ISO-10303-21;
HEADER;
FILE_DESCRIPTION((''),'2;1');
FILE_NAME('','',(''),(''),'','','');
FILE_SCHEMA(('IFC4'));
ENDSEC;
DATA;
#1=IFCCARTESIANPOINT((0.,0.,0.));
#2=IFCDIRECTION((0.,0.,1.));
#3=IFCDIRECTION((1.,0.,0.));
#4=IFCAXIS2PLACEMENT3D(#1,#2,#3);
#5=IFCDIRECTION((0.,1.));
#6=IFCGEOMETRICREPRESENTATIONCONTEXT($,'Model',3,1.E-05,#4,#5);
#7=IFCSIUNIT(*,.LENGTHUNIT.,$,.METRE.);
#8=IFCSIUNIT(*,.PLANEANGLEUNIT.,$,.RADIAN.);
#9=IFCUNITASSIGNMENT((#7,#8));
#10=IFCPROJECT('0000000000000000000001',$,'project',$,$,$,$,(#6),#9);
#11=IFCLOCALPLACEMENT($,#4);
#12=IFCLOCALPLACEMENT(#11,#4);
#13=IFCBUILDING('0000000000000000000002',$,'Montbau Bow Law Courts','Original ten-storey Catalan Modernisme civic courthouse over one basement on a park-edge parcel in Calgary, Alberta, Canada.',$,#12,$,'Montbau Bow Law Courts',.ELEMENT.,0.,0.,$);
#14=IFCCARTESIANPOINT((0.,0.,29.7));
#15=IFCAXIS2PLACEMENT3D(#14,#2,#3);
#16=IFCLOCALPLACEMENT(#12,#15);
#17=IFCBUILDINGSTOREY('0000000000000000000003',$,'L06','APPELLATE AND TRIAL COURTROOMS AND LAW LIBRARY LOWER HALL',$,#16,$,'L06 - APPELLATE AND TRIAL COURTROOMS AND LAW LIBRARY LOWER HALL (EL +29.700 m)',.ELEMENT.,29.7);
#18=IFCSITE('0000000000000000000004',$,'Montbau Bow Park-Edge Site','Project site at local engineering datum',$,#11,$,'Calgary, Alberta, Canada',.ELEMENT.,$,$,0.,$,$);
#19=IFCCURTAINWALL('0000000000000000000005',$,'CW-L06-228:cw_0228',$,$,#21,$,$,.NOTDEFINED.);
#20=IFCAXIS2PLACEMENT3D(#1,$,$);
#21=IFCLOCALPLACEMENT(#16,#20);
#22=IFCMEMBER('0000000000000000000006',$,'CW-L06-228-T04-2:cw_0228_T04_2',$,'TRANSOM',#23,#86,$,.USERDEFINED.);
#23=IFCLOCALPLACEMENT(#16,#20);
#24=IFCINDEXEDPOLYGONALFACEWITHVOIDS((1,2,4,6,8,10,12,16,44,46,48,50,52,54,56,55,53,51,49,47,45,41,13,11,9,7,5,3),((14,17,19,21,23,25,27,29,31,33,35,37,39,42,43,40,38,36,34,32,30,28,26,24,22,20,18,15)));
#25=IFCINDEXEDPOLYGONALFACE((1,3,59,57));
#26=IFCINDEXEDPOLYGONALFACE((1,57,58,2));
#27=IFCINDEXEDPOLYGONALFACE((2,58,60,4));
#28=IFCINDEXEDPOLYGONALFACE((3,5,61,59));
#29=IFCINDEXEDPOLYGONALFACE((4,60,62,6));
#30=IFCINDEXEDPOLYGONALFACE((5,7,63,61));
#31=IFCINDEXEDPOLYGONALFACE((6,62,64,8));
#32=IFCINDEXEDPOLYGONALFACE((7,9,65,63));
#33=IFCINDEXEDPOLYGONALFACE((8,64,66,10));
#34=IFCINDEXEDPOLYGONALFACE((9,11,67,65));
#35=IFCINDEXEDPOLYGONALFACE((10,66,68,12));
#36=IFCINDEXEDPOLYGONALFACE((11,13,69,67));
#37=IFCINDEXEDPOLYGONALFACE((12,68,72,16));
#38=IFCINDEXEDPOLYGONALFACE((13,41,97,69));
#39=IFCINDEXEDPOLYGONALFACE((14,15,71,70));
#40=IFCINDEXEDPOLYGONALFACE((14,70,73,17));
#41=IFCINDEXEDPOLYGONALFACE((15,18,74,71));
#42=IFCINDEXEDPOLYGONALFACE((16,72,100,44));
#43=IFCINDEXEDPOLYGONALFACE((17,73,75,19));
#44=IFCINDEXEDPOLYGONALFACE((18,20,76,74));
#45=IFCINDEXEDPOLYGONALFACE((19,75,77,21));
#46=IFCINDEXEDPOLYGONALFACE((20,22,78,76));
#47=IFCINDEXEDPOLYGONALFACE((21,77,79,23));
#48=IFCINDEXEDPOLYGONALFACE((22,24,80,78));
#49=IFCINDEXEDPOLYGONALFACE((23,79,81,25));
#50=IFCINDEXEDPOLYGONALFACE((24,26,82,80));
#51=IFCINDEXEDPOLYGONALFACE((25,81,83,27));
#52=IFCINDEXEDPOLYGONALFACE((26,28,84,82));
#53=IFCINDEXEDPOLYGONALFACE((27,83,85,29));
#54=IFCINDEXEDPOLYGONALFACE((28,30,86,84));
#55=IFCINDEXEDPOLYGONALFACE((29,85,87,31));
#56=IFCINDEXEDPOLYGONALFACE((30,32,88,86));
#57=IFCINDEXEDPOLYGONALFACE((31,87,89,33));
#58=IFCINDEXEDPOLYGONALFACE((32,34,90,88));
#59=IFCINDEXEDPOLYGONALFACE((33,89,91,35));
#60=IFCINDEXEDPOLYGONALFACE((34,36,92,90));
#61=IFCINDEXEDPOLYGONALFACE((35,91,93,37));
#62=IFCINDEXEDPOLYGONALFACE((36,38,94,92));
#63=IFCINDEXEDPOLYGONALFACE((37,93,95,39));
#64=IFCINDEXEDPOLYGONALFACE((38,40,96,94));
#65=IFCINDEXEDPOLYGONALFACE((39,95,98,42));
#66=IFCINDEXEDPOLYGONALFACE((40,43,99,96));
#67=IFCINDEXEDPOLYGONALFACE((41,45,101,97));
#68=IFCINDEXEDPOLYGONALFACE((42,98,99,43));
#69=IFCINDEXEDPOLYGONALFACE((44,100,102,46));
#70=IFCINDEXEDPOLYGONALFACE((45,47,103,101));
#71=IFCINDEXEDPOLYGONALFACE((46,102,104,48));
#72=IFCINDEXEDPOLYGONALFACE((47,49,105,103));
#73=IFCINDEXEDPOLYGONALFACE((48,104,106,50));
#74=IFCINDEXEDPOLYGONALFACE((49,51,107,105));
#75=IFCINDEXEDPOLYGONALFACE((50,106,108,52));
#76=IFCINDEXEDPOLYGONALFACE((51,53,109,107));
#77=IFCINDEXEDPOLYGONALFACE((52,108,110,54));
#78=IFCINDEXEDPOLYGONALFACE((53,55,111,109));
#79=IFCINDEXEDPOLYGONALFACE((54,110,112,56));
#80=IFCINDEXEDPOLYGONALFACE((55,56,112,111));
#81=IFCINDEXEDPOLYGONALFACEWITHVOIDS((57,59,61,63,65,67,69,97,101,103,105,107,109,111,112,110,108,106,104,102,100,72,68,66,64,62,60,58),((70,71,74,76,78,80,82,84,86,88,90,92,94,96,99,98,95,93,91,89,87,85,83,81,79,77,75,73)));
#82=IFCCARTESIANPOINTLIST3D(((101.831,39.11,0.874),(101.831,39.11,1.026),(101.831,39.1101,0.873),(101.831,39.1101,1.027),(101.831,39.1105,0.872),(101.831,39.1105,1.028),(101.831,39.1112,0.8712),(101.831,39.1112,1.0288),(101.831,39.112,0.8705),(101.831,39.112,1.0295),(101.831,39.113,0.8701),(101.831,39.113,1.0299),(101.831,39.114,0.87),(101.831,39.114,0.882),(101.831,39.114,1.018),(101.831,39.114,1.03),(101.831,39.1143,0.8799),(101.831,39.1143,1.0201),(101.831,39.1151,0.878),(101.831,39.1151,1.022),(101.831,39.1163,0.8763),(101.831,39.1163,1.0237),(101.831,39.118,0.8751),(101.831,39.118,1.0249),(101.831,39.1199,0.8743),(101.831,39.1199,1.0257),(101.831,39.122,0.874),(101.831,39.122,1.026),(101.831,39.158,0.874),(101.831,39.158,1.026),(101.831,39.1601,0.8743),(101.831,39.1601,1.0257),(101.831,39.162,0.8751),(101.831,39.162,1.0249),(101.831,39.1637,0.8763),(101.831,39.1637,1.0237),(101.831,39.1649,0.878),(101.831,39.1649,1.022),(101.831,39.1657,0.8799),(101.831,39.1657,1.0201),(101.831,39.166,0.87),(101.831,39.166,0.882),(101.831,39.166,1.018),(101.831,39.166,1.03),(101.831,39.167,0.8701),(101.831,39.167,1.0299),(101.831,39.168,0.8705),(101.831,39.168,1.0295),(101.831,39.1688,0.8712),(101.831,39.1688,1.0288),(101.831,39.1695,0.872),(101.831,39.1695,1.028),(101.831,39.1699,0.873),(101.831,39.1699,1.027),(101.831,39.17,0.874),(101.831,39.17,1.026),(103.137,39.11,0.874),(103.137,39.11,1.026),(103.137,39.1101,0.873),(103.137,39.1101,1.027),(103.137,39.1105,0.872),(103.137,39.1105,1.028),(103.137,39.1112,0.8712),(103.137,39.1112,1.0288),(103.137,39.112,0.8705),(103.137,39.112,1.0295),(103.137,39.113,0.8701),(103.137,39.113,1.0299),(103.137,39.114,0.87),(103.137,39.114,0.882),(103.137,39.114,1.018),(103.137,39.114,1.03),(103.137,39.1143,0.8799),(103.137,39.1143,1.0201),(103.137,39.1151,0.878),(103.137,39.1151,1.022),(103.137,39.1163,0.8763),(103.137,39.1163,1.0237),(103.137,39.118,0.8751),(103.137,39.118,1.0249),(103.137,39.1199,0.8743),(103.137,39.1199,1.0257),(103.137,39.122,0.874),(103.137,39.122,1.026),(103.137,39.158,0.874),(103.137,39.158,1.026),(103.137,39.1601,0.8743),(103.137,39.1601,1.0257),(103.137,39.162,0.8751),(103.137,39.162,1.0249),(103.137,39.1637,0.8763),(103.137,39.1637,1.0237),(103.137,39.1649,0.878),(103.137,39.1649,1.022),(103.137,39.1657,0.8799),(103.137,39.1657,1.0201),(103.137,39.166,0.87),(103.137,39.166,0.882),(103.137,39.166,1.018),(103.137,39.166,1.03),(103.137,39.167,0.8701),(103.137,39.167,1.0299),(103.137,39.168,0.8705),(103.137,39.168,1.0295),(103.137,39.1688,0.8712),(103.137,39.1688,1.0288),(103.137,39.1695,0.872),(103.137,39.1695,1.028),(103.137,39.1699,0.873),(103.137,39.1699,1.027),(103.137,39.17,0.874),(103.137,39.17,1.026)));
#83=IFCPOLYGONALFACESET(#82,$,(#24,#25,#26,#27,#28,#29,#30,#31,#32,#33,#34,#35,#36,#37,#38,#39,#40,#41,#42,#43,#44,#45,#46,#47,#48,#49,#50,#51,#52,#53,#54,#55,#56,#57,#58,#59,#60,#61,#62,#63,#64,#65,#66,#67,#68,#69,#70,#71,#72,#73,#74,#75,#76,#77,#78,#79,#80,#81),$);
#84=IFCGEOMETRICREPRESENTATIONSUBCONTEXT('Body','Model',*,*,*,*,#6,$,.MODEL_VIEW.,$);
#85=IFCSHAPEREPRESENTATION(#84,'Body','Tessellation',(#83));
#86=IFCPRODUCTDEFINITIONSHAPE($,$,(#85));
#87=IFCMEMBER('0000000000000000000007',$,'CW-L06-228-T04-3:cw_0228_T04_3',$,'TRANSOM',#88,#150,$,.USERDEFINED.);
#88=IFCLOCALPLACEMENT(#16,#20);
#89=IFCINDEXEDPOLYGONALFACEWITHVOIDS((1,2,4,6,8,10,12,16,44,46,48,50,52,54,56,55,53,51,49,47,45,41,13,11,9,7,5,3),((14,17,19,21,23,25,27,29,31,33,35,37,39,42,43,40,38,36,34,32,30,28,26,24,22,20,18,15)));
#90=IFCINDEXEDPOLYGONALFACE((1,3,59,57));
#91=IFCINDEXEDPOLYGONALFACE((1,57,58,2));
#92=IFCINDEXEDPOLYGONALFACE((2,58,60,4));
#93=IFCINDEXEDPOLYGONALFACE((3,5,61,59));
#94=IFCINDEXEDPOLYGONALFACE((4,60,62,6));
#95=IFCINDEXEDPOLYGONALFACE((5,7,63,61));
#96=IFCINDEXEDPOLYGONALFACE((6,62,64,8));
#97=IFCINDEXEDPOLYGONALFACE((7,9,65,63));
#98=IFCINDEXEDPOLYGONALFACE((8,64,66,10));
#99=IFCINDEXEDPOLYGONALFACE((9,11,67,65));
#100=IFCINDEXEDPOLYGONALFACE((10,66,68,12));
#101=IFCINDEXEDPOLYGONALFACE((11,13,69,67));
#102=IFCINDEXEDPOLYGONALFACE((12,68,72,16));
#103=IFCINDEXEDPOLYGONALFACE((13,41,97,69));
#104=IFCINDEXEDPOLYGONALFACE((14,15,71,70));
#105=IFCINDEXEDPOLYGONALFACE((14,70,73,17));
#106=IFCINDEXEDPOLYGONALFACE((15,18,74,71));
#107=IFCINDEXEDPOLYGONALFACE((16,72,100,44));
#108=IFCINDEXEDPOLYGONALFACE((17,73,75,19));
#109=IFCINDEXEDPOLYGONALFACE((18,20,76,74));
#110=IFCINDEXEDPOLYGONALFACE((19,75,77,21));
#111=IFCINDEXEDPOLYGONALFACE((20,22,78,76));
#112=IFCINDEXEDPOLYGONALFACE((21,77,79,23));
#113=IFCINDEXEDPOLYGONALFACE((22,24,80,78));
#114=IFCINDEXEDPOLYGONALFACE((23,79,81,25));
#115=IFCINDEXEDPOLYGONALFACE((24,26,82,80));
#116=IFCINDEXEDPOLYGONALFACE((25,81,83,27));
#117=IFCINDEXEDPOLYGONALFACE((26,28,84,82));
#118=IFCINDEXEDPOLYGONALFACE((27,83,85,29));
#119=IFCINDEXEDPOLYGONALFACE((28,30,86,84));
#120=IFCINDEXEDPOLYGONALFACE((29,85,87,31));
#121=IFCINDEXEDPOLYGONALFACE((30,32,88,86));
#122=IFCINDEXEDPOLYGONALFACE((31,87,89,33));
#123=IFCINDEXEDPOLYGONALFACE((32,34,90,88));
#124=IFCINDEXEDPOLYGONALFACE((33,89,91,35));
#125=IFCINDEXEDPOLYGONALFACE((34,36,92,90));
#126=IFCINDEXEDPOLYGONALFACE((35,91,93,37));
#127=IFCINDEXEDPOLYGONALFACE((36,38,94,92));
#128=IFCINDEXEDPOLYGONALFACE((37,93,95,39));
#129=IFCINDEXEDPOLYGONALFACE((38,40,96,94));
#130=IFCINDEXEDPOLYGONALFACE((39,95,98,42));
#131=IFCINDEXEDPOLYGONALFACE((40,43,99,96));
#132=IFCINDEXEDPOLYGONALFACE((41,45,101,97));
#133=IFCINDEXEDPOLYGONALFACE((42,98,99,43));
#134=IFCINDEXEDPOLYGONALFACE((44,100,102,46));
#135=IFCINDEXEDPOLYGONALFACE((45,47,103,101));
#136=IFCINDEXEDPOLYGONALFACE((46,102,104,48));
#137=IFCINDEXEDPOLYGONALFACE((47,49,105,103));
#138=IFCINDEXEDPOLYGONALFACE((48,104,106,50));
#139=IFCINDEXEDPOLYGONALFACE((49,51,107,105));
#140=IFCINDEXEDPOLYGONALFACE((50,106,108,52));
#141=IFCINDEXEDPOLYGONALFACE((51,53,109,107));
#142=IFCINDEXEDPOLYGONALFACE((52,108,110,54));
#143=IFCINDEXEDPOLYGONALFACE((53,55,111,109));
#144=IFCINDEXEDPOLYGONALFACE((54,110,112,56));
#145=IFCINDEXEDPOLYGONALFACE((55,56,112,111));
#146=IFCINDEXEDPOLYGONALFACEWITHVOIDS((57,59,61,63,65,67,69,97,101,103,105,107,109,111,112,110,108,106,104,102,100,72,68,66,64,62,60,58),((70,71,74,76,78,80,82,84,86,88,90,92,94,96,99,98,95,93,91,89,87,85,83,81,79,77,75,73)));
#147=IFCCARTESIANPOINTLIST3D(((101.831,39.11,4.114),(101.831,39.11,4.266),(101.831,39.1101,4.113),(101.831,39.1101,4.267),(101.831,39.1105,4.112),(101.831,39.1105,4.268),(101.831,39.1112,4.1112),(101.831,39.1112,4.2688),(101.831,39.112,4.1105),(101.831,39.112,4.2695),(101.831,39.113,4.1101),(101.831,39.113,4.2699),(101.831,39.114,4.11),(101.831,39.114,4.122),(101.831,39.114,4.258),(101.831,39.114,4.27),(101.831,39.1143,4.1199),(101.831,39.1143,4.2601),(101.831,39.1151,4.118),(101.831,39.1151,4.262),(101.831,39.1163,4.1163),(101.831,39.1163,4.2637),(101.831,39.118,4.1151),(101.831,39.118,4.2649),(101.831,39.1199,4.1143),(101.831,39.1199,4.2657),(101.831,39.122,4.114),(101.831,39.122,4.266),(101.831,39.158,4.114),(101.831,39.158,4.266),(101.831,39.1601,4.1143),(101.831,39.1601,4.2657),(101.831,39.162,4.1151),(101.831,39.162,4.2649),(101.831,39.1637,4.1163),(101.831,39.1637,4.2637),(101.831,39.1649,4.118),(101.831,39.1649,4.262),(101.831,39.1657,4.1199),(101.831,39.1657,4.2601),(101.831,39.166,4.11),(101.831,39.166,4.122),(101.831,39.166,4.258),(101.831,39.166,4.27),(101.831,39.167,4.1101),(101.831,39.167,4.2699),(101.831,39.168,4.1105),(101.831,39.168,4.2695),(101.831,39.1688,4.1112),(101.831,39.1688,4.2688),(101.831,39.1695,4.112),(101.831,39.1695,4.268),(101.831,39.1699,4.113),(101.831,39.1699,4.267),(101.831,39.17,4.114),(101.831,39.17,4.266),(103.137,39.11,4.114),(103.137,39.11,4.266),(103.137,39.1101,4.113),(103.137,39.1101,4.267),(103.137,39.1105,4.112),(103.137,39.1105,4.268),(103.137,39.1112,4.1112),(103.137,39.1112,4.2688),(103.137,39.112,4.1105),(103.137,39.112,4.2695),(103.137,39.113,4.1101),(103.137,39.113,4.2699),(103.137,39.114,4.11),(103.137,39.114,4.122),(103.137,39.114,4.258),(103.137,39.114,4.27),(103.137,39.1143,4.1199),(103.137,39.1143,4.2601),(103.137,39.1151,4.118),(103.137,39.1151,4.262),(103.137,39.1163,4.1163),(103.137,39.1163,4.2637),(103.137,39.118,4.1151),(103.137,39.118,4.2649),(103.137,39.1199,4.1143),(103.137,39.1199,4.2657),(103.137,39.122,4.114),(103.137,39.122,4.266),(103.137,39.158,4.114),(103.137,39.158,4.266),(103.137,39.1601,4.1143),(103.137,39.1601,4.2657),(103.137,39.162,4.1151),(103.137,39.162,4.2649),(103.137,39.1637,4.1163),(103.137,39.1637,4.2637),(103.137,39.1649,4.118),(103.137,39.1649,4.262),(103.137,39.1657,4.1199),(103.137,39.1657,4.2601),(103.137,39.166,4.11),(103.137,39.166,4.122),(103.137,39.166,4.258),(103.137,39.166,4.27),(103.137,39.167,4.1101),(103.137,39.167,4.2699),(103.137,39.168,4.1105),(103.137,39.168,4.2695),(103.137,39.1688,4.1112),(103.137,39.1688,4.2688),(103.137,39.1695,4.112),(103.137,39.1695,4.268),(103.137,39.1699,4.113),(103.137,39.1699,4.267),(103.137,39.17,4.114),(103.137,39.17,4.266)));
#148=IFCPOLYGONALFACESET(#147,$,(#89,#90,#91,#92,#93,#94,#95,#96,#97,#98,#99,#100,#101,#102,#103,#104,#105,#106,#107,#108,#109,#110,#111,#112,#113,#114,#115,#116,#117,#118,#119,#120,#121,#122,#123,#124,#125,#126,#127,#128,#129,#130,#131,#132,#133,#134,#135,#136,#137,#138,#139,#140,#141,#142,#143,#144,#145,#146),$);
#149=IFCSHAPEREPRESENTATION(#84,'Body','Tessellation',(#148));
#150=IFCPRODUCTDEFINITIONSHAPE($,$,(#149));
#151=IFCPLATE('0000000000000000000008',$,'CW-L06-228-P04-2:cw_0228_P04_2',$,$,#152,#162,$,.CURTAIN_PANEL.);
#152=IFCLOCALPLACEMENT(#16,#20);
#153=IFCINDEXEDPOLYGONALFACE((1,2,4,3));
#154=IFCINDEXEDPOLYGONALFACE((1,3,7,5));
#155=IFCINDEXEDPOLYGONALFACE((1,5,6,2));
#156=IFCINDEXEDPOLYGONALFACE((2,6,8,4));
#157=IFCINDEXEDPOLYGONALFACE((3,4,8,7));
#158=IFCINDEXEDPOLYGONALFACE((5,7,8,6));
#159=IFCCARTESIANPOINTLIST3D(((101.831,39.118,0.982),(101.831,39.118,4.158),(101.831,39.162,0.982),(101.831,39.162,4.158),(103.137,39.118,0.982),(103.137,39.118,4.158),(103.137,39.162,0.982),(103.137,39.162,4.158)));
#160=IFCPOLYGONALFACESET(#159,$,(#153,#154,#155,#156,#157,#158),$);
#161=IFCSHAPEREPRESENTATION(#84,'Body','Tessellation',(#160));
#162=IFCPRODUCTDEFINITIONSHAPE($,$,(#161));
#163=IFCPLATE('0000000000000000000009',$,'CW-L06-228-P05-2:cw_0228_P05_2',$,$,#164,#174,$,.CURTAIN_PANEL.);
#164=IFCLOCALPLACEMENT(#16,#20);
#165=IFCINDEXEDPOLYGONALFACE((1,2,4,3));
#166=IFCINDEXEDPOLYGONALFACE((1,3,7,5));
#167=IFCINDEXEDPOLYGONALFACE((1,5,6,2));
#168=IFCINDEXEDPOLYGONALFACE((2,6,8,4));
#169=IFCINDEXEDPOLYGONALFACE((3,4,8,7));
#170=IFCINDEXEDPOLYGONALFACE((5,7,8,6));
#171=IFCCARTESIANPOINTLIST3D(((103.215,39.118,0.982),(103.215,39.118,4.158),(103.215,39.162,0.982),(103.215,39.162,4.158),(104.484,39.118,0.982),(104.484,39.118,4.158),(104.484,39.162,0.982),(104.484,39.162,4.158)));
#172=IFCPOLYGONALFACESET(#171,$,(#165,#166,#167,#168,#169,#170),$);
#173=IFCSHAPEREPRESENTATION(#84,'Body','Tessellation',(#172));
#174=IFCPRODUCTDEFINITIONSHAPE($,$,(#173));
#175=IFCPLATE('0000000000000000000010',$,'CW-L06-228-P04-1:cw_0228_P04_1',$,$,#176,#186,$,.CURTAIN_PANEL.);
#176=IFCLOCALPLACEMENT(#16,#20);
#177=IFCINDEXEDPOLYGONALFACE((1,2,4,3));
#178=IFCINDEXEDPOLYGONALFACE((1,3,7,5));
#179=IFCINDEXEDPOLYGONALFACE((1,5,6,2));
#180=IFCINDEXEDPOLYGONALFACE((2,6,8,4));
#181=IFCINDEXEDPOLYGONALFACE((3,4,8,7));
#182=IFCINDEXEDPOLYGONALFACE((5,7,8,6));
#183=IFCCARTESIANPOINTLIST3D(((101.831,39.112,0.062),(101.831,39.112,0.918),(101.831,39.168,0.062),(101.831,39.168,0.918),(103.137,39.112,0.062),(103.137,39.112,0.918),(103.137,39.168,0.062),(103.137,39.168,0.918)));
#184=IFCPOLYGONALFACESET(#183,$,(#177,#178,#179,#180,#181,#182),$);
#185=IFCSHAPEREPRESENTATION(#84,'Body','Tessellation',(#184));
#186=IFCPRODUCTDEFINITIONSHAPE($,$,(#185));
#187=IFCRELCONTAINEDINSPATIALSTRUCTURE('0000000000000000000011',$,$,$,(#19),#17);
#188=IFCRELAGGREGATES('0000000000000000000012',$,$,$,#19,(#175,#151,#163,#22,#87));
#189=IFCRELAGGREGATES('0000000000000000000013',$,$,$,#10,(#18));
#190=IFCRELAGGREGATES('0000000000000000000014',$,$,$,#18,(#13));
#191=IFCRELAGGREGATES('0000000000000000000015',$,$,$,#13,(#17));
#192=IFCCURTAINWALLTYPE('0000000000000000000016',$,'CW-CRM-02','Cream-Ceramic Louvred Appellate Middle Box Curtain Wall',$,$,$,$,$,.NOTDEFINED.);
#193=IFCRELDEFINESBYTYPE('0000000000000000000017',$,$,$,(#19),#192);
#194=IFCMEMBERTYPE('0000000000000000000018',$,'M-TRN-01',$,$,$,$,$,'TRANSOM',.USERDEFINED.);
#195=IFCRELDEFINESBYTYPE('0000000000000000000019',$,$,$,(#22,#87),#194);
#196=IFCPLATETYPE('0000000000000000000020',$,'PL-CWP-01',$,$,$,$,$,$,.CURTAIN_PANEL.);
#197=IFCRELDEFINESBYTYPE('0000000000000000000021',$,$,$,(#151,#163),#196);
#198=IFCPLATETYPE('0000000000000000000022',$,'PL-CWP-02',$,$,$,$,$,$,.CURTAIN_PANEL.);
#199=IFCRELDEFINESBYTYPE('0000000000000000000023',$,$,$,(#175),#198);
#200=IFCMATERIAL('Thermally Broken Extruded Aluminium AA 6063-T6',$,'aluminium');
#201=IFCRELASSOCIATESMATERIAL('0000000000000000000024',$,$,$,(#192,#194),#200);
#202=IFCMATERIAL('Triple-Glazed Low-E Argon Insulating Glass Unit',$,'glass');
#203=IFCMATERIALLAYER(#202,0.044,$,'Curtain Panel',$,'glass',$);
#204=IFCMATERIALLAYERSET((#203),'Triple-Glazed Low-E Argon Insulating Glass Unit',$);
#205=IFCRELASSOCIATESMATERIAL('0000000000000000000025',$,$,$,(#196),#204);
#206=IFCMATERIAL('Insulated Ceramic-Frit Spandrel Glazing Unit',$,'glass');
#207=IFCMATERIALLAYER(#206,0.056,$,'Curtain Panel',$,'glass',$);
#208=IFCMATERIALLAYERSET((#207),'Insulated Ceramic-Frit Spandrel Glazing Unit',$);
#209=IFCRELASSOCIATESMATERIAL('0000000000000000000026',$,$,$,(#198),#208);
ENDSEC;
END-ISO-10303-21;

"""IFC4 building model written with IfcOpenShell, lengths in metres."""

from ifc_helpers import new_model, si_unit, direction, frame, frame_2d, origin_with_axes, origin_2d_with_axis, place, context, subcontext, project, spatial, rectangle, hollow_rectangle, extrude, material, layer, layer_set, material_profile, profile_set, type_object, element, aggregate, save


model = new_model("IFC4")

# Units and contexts
model_context = context("Model", 3, precision=1e-05, world=origin_with_axes(), true_north=direction((0.0, 1.0)))
body_context = subcontext(model_context, "Body", "Model", "MODEL_VIEW")
ifc_project = project(units=[si_unit("LENGTHUNIT", "METRE"), si_unit("PLANEANGLEUNIT", "RADIAN")], contexts=[model_context])

# Site, building, storey
site_placement = place(None, origin_with_axes())
site = spatial("IfcSite", under=ifc_project, at=site_placement, Name="Montbau Bow Park-Edge Site", Description="Project site at local engineering datum", LongName="Calgary, Alberta, Canada", CompositionType="ELEMENT", RefElevation=0.0)
building_placement = place(site_placement, origin_with_axes())
building = spatial("IfcBuilding", under=site, at=building_placement, Name="Montbau Bow Law Courts", Description="Original ten-storey Catalan Modernisme civic courthouse over one basement on a park-edge parcel in Calgary, Alberta, Canada.", LongName="Montbau Bow Law Courts", CompositionType="ELEMENT", ElevationOfRefHeight=0.0, ElevationOfTerrain=0.0)
storey_placement = place(building_placement, frame((0.0, 0.0, 29.7), z_axis=(0.0, 0.0, 1.0), x_axis=(1.0, 0.0, 0.0)))
storey = spatial("IfcBuildingStorey", under=building, at=storey_placement, Name="L06", Description="APPELLATE AND TRIAL COURTROOMS AND LAW LIBRARY LOWER HALL", LongName="L06 - APPELLATE AND TRIAL COURTROOMS AND LAW LIBRARY LOWER HALL (EL +29.700 m)", CompositionType="ELEMENT", Elevation=29.7)

# Curtain wall
ifc_material_1 = material(Name="Thermally Broken Extruded Aluminium AA 6063-T6", Category="aluminium")
curtain_wall_type = type_object("IfcCurtainWallType", Name="CW-CRM-02", Description="Cream-Ceramic Louvred Appellate Middle Box Curtain Wall", PredefinedType="NOTDEFINED", material=ifc_material_1)
curtain_wall_placement = place(None, frame((97.64, 39.14, 29.7), z_axis=(0.0, 0.0, 1.0), x_axis=(1.0, 0.0, 0.0)))
curtain_wall = element("IfcCurtainWall", 1, at=curtain_wall_placement, inside=storey, type_object=curtain_wall_type, Name="CW-L06-228:cw_0228", PredefinedType="NOTDEFINED")

# Members
ifc_material_profile_1 = material_profile(ifc_material_1, hollow_rectangle(XDim=0.06, YDim=0.16, WallThickness=0.004, InnerFilletRadius=0.008, OuterFilletRadius=0.004, at=origin_2d_with_axis()), Name="CWT-160X60", Category="Main", Priority=0)
ifc_profile_set_1 = profile_set([ifc_material_profile_1], Name="Thermally Broken Extruded Aluminium AA 6063-T6")
member_type_1 = type_object("IfcMemberType", Name="M-TRN-01", ElementType="TRANSOM", PredefinedType="USERDEFINED", material=ifc_profile_set_1)
member_1_placement = place(None, frame((101.831, 39.14, 30.65), z_axis=(1.0, 0.0, 0.0), x_axis=(0.0, 1.0, 0.0)))
member_1 = element("IfcMember", 2, at=member_1_placement, type_object=member_type_1, Name="CW-L06-228-T04-2:cw_0228_T04_2", ObjectType="TRANSOM", PredefinedType="USERDEFINED", context=body_context, shape_type="SweptSolid", body=[
    extrude(hollow_rectangle(XDim=0.06, YDim=0.16, WallThickness=0.004, InnerFilletRadius=0.008, OuterFilletRadius=0.004, at=origin_2d_with_axis()), origin_with_axes(), (0.0, 0.0, 1.0), 1.306),
])
member_2_placement = place(None, frame((101.831, 39.14, 33.89), z_axis=(1.0, 0.0, 0.0), x_axis=(0.0, 1.0, 0.0)))
member_2 = element("IfcMember", 3, at=member_2_placement, type_object=member_type_1, Name="CW-L06-228-T04-3:cw_0228_T04_3", ObjectType="TRANSOM", PredefinedType="USERDEFINED", context=body_context, shape_type="SweptSolid", body=[
    extrude(hollow_rectangle(XDim=0.06, YDim=0.16, WallThickness=0.004, InnerFilletRadius=0.008, OuterFilletRadius=0.004, at=origin_2d_with_axis()), origin_with_axes(), (0.0, 0.0, 1.0), 1.306),
])

# Plates
ifc_material_2 = material(Name="Triple-Glazed Low-E Argon Insulating Glass Unit", Category="glass")
ifc_layer_1 = layer(ifc_material_2, 0.044, Name="Curtain Panel", Category="glass")
ifc_layer_set_1 = layer_set([ifc_layer_1], Name="Triple-Glazed Low-E Argon Insulating Glass Unit")
plate_type_1 = type_object("IfcPlateType", Name="PL-CWP-01", PredefinedType="CURTAIN_PANEL", material=ifc_layer_set_1)
plate_1_placement = place(None, frame((101.831, 39.14, 30.682), z_axis=(0.0, -1.0, 0.0), x_axis=(1.0, 0.0, 0.0)))
plate_1 = element("IfcPlate", 4, at=plate_1_placement, type_object=plate_type_1, Name="CW-L06-228-P04-2:cw_0228_P04_2", PredefinedType="CURTAIN_PANEL", context=body_context, shape_type="SweptSolid", body=[
    extrude(rectangle(XDim=1.306, YDim=3.176, at=frame_2d((0.653, 1.588), x_axis=(1.0, 0.0))), frame((0.0, 0.0, -0.022), z_axis=(0.0, 0.0, 1.0), x_axis=(1.0, 0.0, 0.0)), (0.0, 0.0, 1.0), 0.044),
])
plate_2_placement = place(None, frame((103.215, 39.14, 30.682), z_axis=(0.0, -1.0, 0.0), x_axis=(1.0, 0.0, 0.0)))
plate_2 = element("IfcPlate", 5, at=plate_2_placement, type_object=plate_type_1, Name="CW-L06-228-P05-2:cw_0228_P05_2", PredefinedType="CURTAIN_PANEL", context=body_context, shape_type="SweptSolid", body=[
    extrude(rectangle(XDim=1.269, YDim=3.176, at=frame_2d((0.6345, 1.588), x_axis=(1.0, 0.0))), frame((0.0, 0.0, -0.022), z_axis=(0.0, 0.0, 1.0), x_axis=(1.0, 0.0, 0.0)), (0.0, 0.0, 1.0), 0.044),
])
ifc_material_3 = material(Name="Insulated Ceramic-Frit Spandrel Glazing Unit", Category="glass")
ifc_layer_2 = layer(ifc_material_3, 0.056, Name="Curtain Panel", Category="glass")
ifc_layer_set_2 = layer_set([ifc_layer_2], Name="Insulated Ceramic-Frit Spandrel Glazing Unit")
plate_type_2 = type_object("IfcPlateType", Name="PL-CWP-02", PredefinedType="CURTAIN_PANEL", material=ifc_layer_set_2)
plate_3_placement = place(None, frame((101.831, 39.14, 29.762), z_axis=(0.0, -1.0, 0.0), x_axis=(1.0, 0.0, 0.0)))
plate_3 = element("IfcPlate", 6, at=plate_3_placement, type_object=plate_type_2, Name="CW-L06-228-P04-1:cw_0228_P04_1", PredefinedType="CURTAIN_PANEL", context=body_context, shape_type="SweptSolid", body=[
    extrude(rectangle(XDim=1.306, YDim=0.856, at=frame_2d((0.653, 0.428), x_axis=(1.0, 0.0))), frame((0.0, 0.0, -0.028), z_axis=(0.0, 0.0, 1.0), x_axis=(1.0, 0.0, 0.0)), (0.0, 0.0, 1.0), 0.056),
])
aggregate(curtain_wall, [plate_3, plate_1, plate_2, member_1, member_2])

save(model, "model.ifc")
